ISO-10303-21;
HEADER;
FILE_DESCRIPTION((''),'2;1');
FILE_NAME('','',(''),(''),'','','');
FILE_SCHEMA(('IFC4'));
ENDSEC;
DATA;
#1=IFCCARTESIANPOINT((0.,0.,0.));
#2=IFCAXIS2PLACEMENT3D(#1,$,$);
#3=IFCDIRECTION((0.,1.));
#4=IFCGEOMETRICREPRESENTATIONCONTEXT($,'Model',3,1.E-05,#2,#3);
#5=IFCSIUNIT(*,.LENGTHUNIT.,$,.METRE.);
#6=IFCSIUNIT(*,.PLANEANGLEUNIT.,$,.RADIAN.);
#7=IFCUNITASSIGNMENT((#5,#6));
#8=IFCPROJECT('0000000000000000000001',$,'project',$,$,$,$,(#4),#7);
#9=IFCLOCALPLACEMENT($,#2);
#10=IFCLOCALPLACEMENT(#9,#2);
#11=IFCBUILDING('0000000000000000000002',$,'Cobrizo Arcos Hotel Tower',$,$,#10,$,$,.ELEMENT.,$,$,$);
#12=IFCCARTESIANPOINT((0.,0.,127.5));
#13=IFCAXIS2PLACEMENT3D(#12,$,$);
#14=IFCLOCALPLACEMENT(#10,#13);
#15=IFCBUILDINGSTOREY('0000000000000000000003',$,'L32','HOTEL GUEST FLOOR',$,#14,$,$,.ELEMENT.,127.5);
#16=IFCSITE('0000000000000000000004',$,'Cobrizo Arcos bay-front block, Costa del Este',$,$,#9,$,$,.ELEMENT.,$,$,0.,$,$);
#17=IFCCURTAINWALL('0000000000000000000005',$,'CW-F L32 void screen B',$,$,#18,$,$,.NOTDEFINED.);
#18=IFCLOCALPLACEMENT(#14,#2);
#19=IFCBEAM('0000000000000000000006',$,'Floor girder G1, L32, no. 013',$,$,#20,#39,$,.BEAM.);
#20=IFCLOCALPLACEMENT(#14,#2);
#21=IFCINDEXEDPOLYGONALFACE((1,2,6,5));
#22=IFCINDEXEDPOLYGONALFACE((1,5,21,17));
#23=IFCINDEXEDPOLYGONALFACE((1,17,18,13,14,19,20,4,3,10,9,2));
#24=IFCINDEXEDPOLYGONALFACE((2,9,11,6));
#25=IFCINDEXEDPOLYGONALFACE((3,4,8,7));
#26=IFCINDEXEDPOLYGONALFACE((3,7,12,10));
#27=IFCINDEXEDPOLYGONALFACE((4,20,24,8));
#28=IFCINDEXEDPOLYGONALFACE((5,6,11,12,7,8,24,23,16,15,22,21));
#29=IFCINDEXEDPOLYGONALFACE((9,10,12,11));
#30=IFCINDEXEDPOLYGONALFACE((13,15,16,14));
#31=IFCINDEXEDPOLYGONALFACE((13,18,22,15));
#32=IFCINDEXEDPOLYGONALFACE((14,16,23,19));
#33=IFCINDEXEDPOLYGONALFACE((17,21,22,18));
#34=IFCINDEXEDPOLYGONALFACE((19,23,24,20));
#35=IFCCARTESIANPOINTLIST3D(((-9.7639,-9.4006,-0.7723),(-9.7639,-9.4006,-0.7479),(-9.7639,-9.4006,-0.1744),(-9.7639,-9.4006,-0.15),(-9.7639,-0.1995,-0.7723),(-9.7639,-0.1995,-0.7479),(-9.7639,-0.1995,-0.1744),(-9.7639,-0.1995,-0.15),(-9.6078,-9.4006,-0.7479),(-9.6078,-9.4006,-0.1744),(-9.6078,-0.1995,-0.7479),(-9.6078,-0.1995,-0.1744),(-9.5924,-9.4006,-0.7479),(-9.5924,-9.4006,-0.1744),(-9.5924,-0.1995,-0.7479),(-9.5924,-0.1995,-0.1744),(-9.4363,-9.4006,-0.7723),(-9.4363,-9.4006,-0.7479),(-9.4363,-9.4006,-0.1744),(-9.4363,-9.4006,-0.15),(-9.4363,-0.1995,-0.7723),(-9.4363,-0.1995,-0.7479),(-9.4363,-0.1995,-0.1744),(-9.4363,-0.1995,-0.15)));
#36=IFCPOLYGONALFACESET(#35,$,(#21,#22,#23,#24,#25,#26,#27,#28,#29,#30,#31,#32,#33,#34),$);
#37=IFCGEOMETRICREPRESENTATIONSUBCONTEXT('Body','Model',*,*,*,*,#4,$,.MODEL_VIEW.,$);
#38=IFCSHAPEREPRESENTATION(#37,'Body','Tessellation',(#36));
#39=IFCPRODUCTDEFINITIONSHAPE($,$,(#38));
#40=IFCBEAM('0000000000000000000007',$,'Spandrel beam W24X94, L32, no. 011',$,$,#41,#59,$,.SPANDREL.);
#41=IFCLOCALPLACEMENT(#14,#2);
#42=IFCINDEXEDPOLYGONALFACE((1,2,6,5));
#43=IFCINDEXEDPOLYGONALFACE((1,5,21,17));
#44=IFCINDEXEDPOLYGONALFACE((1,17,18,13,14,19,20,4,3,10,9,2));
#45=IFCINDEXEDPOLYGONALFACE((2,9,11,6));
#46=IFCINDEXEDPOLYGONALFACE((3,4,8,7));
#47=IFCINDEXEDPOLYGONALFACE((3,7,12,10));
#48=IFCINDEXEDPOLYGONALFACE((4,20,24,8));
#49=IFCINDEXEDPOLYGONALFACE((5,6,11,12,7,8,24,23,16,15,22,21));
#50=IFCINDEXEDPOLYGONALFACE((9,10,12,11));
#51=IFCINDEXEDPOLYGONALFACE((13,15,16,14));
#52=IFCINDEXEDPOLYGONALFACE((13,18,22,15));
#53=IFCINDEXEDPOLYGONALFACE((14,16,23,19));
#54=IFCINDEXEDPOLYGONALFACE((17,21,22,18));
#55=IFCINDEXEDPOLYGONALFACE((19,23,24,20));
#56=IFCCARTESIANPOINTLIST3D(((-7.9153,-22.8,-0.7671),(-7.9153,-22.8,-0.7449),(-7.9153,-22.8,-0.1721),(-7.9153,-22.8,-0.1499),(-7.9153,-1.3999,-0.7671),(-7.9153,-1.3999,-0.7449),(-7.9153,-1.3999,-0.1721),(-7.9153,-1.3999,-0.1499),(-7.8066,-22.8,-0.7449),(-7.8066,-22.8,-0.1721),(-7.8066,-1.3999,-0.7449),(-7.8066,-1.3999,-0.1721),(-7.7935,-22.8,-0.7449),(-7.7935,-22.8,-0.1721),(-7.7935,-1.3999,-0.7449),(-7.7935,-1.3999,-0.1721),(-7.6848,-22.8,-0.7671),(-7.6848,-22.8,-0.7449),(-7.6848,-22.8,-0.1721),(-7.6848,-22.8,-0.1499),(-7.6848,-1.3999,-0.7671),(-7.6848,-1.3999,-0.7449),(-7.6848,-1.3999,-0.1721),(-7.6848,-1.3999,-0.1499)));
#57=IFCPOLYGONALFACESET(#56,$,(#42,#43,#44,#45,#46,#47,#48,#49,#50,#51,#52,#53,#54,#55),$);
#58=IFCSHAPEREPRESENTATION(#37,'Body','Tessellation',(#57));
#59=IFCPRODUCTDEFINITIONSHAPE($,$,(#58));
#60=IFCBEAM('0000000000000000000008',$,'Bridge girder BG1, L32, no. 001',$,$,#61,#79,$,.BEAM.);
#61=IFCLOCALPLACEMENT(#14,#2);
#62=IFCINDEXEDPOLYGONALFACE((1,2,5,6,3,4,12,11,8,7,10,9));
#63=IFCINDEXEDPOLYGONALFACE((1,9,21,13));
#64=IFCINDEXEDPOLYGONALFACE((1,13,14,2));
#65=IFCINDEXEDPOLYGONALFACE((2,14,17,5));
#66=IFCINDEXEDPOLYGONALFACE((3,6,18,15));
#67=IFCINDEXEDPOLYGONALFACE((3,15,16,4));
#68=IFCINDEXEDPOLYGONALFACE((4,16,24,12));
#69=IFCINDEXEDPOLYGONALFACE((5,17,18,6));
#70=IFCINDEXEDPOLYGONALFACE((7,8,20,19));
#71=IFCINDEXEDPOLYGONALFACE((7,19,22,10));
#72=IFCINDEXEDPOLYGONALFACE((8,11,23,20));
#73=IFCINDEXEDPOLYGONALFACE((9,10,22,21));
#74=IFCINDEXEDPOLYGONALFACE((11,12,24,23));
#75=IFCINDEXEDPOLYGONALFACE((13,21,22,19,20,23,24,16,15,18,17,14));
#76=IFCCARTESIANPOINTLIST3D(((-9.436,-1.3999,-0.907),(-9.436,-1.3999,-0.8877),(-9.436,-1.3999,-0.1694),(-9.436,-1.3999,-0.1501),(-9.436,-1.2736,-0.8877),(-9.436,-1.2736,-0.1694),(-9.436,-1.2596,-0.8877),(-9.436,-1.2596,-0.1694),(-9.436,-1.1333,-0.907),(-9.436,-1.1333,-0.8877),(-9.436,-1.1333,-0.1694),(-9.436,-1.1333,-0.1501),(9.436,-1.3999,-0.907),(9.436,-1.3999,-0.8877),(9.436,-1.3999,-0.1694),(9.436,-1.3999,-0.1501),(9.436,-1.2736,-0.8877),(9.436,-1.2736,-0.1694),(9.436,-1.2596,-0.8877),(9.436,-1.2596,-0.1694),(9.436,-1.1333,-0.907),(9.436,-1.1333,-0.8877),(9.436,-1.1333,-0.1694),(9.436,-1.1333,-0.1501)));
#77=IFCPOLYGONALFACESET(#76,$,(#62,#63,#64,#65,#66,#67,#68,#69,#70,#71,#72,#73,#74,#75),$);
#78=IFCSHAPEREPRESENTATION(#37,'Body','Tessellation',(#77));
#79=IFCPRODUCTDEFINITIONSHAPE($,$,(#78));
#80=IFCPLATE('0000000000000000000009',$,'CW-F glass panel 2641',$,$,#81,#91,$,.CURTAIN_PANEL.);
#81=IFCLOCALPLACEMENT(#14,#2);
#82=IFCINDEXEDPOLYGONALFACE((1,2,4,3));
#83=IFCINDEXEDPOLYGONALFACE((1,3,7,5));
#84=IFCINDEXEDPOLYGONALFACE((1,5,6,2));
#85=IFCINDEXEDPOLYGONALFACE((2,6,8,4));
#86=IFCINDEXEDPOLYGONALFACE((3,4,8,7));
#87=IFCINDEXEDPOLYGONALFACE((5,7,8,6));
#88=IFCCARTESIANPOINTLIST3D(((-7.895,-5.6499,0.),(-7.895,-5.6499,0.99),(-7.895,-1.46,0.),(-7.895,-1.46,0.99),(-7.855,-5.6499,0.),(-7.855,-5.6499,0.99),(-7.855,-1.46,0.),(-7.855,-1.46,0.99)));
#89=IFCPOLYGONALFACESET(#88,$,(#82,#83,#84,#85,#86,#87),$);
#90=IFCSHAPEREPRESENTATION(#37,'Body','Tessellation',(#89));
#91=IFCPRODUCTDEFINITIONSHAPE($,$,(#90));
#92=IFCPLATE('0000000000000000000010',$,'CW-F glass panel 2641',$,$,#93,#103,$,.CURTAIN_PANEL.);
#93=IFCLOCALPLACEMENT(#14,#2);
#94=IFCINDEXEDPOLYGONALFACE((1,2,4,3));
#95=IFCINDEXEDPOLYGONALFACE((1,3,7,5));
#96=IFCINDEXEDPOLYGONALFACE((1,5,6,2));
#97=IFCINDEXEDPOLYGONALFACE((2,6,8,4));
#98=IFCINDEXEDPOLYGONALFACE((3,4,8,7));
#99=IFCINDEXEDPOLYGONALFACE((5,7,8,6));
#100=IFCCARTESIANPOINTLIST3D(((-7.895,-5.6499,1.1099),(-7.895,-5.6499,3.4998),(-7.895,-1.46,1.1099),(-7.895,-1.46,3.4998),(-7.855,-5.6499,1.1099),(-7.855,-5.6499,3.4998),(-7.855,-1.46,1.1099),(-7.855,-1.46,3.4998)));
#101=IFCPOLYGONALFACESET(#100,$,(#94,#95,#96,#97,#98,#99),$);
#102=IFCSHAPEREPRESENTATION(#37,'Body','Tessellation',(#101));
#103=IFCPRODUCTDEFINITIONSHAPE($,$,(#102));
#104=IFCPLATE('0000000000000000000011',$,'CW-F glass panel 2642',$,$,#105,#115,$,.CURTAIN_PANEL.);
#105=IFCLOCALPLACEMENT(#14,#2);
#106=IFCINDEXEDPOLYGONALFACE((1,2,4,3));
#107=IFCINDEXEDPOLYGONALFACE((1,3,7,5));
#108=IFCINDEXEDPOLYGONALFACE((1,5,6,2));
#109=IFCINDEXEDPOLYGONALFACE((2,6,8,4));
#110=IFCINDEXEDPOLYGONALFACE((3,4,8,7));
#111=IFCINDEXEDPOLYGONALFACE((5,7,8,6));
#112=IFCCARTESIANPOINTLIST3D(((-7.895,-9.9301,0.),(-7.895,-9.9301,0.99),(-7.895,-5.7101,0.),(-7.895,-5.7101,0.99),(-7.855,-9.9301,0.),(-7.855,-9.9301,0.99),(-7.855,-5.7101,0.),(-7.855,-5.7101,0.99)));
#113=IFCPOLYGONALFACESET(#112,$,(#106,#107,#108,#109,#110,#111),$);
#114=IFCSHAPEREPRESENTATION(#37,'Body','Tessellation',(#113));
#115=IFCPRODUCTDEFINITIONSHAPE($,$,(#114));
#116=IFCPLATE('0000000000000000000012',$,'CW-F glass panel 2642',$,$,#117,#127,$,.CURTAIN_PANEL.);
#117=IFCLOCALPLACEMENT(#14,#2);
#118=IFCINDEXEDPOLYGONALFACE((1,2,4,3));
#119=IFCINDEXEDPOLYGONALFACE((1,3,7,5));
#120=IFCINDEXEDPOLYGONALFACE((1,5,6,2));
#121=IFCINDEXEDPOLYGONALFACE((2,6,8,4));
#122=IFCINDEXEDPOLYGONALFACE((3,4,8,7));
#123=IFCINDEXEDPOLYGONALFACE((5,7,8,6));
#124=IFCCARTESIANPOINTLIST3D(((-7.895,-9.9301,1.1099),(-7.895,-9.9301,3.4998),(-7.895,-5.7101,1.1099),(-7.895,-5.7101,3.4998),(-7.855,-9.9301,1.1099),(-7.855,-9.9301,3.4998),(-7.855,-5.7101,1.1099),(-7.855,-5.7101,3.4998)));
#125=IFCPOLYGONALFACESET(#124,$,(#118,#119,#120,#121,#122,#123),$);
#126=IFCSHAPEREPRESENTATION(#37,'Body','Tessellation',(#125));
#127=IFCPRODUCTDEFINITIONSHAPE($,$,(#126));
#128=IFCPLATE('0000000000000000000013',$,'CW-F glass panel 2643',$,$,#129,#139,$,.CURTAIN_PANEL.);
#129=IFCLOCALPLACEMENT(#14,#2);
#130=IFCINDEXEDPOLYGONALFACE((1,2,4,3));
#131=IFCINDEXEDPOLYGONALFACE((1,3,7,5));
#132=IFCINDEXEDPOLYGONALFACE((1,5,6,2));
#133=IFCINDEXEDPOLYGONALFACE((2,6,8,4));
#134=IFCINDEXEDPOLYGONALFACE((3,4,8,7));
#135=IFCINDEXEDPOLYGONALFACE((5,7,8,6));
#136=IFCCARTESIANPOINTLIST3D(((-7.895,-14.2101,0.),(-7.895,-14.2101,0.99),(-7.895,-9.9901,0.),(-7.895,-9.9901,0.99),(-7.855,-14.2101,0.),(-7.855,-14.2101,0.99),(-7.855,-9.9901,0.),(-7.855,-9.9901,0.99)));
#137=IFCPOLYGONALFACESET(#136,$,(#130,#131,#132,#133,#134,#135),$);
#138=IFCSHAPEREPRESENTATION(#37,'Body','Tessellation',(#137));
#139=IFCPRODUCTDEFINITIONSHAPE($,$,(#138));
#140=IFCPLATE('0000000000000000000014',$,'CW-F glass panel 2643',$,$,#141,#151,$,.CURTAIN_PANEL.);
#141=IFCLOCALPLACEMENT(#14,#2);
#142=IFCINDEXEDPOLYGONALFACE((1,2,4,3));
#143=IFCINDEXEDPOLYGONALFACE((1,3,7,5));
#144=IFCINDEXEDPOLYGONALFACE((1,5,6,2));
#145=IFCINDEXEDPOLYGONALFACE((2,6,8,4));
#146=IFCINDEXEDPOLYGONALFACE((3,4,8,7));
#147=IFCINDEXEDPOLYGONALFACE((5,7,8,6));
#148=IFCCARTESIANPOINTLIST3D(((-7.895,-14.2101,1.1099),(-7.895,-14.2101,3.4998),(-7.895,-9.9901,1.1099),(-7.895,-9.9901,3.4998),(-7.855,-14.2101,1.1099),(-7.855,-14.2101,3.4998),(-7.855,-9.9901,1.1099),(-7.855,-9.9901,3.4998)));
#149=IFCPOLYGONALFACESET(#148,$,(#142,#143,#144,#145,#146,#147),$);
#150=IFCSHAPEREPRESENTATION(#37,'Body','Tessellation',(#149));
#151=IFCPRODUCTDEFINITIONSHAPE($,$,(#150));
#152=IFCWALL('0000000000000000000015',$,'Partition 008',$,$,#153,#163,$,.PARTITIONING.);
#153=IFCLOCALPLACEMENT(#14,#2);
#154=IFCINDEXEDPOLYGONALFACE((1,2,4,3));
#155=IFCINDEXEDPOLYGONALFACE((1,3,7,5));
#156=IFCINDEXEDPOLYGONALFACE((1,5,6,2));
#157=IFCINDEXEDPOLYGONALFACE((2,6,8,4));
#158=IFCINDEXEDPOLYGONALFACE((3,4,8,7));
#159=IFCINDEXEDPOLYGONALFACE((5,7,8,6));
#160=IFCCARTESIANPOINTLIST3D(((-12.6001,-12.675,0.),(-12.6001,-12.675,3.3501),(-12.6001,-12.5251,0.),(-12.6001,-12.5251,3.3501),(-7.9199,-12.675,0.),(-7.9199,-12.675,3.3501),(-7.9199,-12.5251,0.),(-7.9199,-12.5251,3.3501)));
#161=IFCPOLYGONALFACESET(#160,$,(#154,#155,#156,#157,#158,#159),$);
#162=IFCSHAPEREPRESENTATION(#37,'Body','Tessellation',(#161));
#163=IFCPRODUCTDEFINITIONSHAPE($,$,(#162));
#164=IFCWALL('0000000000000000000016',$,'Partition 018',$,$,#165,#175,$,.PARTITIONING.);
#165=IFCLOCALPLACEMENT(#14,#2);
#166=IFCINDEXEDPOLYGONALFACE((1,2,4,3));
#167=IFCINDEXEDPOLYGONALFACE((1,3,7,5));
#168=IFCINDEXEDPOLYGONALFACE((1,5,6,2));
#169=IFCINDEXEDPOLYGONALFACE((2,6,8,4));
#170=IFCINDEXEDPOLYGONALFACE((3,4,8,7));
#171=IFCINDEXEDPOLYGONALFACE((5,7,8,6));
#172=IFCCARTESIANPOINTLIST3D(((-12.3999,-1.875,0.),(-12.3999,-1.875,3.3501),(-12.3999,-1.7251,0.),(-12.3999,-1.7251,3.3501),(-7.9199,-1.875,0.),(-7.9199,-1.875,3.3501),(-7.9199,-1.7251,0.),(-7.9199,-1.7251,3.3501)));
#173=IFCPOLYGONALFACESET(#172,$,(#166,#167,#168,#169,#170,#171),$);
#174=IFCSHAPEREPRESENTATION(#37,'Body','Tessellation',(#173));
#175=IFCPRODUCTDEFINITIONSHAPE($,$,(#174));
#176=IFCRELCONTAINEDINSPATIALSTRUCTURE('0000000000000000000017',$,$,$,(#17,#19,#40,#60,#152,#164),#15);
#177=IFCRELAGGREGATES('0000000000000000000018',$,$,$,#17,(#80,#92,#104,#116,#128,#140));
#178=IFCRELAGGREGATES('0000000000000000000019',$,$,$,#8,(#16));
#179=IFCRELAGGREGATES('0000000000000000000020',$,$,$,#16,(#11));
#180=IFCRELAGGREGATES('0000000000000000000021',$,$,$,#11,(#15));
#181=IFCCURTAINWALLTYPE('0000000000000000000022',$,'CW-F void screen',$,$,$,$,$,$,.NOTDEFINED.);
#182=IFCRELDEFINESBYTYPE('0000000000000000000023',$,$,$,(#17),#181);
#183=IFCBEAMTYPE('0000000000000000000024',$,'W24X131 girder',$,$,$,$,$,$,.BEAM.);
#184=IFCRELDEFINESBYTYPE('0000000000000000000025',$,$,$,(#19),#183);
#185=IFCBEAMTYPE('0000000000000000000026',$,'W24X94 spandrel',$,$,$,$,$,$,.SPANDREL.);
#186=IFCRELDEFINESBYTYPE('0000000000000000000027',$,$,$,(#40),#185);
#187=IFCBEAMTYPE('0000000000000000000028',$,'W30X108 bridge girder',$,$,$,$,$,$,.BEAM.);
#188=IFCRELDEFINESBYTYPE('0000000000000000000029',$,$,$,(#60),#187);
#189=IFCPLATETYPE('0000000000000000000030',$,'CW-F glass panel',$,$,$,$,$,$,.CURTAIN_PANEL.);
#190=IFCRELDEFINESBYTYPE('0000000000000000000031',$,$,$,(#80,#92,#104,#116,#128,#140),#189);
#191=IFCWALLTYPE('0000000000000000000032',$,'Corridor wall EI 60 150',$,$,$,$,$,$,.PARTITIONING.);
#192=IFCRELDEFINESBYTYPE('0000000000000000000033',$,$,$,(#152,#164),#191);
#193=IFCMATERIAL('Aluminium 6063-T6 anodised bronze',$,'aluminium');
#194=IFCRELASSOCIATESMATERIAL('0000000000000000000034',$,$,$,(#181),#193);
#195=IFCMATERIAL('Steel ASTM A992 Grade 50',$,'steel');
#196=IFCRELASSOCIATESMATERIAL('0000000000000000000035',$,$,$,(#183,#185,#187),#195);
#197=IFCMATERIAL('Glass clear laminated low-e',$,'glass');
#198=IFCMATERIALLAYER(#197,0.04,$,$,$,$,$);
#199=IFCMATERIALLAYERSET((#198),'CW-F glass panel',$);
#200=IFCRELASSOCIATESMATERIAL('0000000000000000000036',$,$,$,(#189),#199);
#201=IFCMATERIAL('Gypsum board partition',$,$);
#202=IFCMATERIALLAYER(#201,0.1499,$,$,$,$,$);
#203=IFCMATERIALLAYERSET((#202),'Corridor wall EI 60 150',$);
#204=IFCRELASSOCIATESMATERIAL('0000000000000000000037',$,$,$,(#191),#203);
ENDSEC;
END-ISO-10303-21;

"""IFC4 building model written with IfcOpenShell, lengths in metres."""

from ifc_helpers import new_model, si_unit, direction, frame, frame_2d, origin, origin_2d, place, context, subcontext, project, spatial, rectangle, i_section, extrude, material, layer, layer_set, material_profile, profile_set, type_object, element, aggregate, save


model = new_model("IFC4")

# Units and contexts
model_context = context("Model", 3, precision=1e-05, world=origin(), true_north=direction((0.0, 1.0)))
body_context = subcontext(model_context, "Body", "Model", "MODEL_VIEW")
ifc_project = project(units=[si_unit("LENGTHUNIT", "METRE"), si_unit("PLANEANGLEUNIT", "RADIAN")], contexts=[model_context])

# Site, building, storey
site_placement = place(None, origin())
site = spatial("IfcSite", under=ifc_project, at=site_placement, Name="Cobrizo Arcos bay-front block, Costa del Este", CompositionType="ELEMENT", RefElevation=0.0)
building_placement = place(site_placement, origin())
building = spatial("IfcBuilding", under=site, at=building_placement, Name="Cobrizo Arcos Hotel Tower", CompositionType="ELEMENT")
storey_placement = place(building_placement, frame((0.0, 0.0, 127.5)))
storey = spatial("IfcBuildingStorey", under=building, at=storey_placement, Name="L32", Description="HOTEL GUEST FLOOR", CompositionType="ELEMENT", Elevation=127.5)

# Shared definitions
ifc_material_1 = material(Name="Steel ASTM A992 Grade 50", Category="steel")

# Curtain wall
ifc_material_2 = material(Name="Aluminium 6063-T6 anodised bronze", Category="aluminium")
curtain_wall_type = type_object("IfcCurtainWallType", Name="CW-F void screen", PredefinedType="NOTDEFINED", material=ifc_material_2)
curtain_wall_placement = place(storey_placement, origin())
curtain_wall = element("IfcCurtainWall", 1, at=curtain_wall_placement, inside=storey, type_object=curtain_wall_type, Name="CW-F L32 void screen B", PredefinedType="NOTDEFINED")

# Beams
ifc_material_profile_1 = material_profile(ifc_material_1, i_section(OverallWidth=0.3276, OverallDepth=0.6223, WebThickness=0.0154, FlangeThickness=0.0244, at=origin_2d()), Name="W24X131")
ifc_profile_set_1 = profile_set([ifc_material_profile_1], Name="Steel ASTM A992 Grade 50")
beam_type_1 = type_object("IfcBeamType", Name="W24X131 girder", PredefinedType="BEAM", material=ifc_profile_set_1)
beam_1_placement = place(storey_placement, frame((-9.6001, -9.4006, -0.4612), z_axis=(0.0, 1.0, 0.0), x_axis=(-1.0, 0.0, 0.0)))
element("IfcBeam", 2, at=beam_1_placement, inside=storey, type_object=beam_type_1, Name="Floor girder G1, L32, no. 013", PredefinedType="BEAM", context=body_context, shape_type="SweptSolid", body=[
    extrude(i_section(OverallWidth=0.3276, OverallDepth=0.6223, WebThickness=0.0154, FlangeThickness=0.0244, at=origin_2d()), origin(), (0.0, 0.0, 1.0), 9.2012),
])
ifc_material_profile_2 = material_profile(ifc_material_1, i_section(OverallWidth=0.2305, OverallDepth=0.6172, WebThickness=0.0132, FlangeThickness=0.0222, at=origin_2d()), Name="W24X94")
ifc_profile_set_2 = profile_set([ifc_material_profile_2], Name="Steel ASTM A992 Grade 50")
beam_type_2 = type_object("IfcBeamType", Name="W24X94 spandrel", PredefinedType="SPANDREL", material=ifc_profile_set_2)
beam_2_placement = place(storey_placement, frame((-7.8, -1.3999, -0.4585), z_axis=(0.0, -1.0, 0.0), x_axis=(1.0, 0.0, 0.0)))
element("IfcBeam", 3, at=beam_2_placement, inside=storey, type_object=beam_type_2, Name="Spandrel beam W24X94, L32, no. 011", PredefinedType="SPANDREL", context=body_context, shape_type="SweptSolid", body=[
    extrude(i_section(OverallWidth=0.2305, OverallDepth=0.6172, WebThickness=0.0132, FlangeThickness=0.0222, at=origin_2d()), origin(), (0.0, 0.0, 1.0), 21.4001),
])
ifc_material_profile_3 = material_profile(ifc_material_1, i_section(OverallWidth=0.2666, OverallDepth=0.7568, WebThickness=0.0139, FlangeThickness=0.0193, at=origin_2d()), Name="W30X108")
ifc_profile_set_3 = profile_set([ifc_material_profile_3], Name="Steel ASTM A992 Grade 50")
beam_type_3 = type_object("IfcBeamType", Name="W30X108 bridge girder", PredefinedType="BEAM", material=ifc_profile_set_3)
beam_3_placement = place(storey_placement, frame((-9.436, -1.2666, -0.5286), z_axis=(1.0, 0.0, 0.0), x_axis=(0.0, 1.0, 0.0)))
element("IfcBeam", 4, at=beam_3_placement, inside=storey, type_object=beam_type_3, Name="Bridge girder BG1, L32, no. 001", PredefinedType="BEAM", context=body_context, shape_type="SweptSolid", body=[
    extrude(i_section(OverallWidth=0.2666, OverallDepth=0.7568, WebThickness=0.0139, FlangeThickness=0.0193, at=origin_2d()), origin(), (0.0, 0.0, 1.0), 18.8721),
])

# Plates
ifc_material_3 = material(Name="Glass clear laminated low-e", Category="glass")
ifc_layer_1 = layer(ifc_material_3, 0.04)
ifc_layer_set_1 = layer_set([ifc_layer_1], Name="CW-F glass panel")
plate_type = type_object("IfcPlateType", Name="CW-F glass panel", PredefinedType="CURTAIN_PANEL", material=ifc_layer_set_1)
plate_1_placement = place(storey_placement, frame((-7.875, -3.5549, 0.0), z_axis=(0.0, 0.0, 1.0), x_axis=(0.0, -1.0, 0.0)))
plate_1 = element("IfcPlate", 5, at=plate_1_placement, type_object=plate_type, Name="CW-F glass panel 2641", PredefinedType="CURTAIN_PANEL", context=body_context, shape_type="SweptSolid", body=[
    extrude(rectangle(XDim=4.1899, YDim=0.04, at=origin_2d()), origin(), (0.0, 0.0, 1.0), 0.99),
])
plate_2_placement = place(storey_placement, frame((-7.875, -3.5549, 1.1099), z_axis=(0.0, 0.0, 1.0), x_axis=(0.0, -1.0, 0.0)))
plate_2 = element("IfcPlate", 6, at=plate_2_placement, type_object=plate_type, Name="CW-F glass panel 2641", PredefinedType="CURTAIN_PANEL", context=body_context, shape_type="SweptSolid", body=[
    extrude(rectangle(XDim=4.1899, YDim=0.04, at=origin_2d()), origin(), (0.0, 0.0, 1.0), 2.3899),
])
plate_3_placement = place(storey_placement, frame((-7.875, -7.8201, 0.0), z_axis=(0.0, 0.0, 1.0), x_axis=(0.0, -1.0, 0.0)))
plate_3 = element("IfcPlate", 7, at=plate_3_placement, type_object=plate_type, Name="CW-F glass panel 2642", PredefinedType="CURTAIN_PANEL", context=body_context, shape_type="SweptSolid", body=[
    extrude(rectangle(XDim=4.22, YDim=0.04, at=origin_2d()), origin(), (0.0, 0.0, 1.0), 0.99),
])
plate_4_placement = place(storey_placement, frame((-7.875, -7.8201, 1.1099), z_axis=(0.0, 0.0, 1.0), x_axis=(0.0, -1.0, 0.0)))
plate_4 = element("IfcPlate", 8, at=plate_4_placement, type_object=plate_type, Name="CW-F glass panel 2642", PredefinedType="CURTAIN_PANEL", context=body_context, shape_type="SweptSolid", body=[
    extrude(rectangle(XDim=4.22, YDim=0.04, at=origin_2d()), origin(), (0.0, 0.0, 1.0), 2.3899),
])
plate_5_placement = place(storey_placement, frame((-7.875, -12.1001, 0.0), z_axis=(0.0, 0.0, 1.0), x_axis=(0.0, -1.0, 0.0)))
plate_5 = element("IfcPlate", 9, at=plate_5_placement, type_object=plate_type, Name="CW-F glass panel 2643", PredefinedType="CURTAIN_PANEL", context=body_context, shape_type="SweptSolid", body=[
    extrude(rectangle(XDim=4.22, YDim=0.04, at=origin_2d()), origin(), (0.0, 0.0, 1.0), 0.99),
])
plate_6_placement = place(storey_placement, frame((-7.875, -12.1001, 1.1099), z_axis=(0.0, 0.0, 1.0), x_axis=(0.0, -1.0, 0.0)))
plate_6 = element("IfcPlate", 10, at=plate_6_placement, type_object=plate_type, Name="CW-F glass panel 2643", PredefinedType="CURTAIN_PANEL", context=body_context, shape_type="SweptSolid", body=[
    extrude(rectangle(XDim=4.22, YDim=0.04, at=origin_2d()), origin(), (0.0, 0.0, 1.0), 2.3899),
])
aggregate(curtain_wall, [plate_1, plate_2, plate_3, plate_4, plate_5, plate_6])

# Walls
ifc_material_4 = material(Name="Gypsum board partition")
ifc_layer_2 = layer(ifc_material_4, 0.1499)
ifc_layer_set_2 = layer_set([ifc_layer_2], Name="Corridor wall EI 60 150")
wall_type_1 = type_object("IfcWallType", Name="Corridor wall EI 60 150", PredefinedType="PARTITIONING", material=ifc_layer_set_2)
wall_1_placement = place(storey_placement, frame((-12.6001, -12.6001, 0.0), z_axis=(0.0, 0.0, 1.0), x_axis=(1.0, 0.0, 0.0)))
element("IfcWall", 11, at=wall_1_placement, inside=storey, type_object=wall_type_1, Name="Partition 008", PredefinedType="PARTITIONING", context=body_context, shape_type="SweptSolid", body=[
    extrude(rectangle(XDim=4.6802, YDim=0.1499, at=frame_2d((2.3401, 0.0))), origin(), (0.0, 0.0, 1.0), 3.3501),
])
wall_2_placement = place(storey_placement, frame((-12.3999, -1.8, 0.0), z_axis=(0.0, 0.0, 1.0), x_axis=(1.0, 0.0, 0.0)))
element("IfcWall", 12, at=wall_2_placement, inside=storey, type_object=wall_type_1, Name="Partition 018", PredefinedType="PARTITIONING", context=body_context, shape_type="SweptSolid", body=[
    extrude(rectangle(XDim=4.48, YDim=0.1499, at=frame_2d((2.24, 0.0))), origin(), (0.0, 0.0, 1.0), 3.3501),
])

save(model, "model.ifc")
